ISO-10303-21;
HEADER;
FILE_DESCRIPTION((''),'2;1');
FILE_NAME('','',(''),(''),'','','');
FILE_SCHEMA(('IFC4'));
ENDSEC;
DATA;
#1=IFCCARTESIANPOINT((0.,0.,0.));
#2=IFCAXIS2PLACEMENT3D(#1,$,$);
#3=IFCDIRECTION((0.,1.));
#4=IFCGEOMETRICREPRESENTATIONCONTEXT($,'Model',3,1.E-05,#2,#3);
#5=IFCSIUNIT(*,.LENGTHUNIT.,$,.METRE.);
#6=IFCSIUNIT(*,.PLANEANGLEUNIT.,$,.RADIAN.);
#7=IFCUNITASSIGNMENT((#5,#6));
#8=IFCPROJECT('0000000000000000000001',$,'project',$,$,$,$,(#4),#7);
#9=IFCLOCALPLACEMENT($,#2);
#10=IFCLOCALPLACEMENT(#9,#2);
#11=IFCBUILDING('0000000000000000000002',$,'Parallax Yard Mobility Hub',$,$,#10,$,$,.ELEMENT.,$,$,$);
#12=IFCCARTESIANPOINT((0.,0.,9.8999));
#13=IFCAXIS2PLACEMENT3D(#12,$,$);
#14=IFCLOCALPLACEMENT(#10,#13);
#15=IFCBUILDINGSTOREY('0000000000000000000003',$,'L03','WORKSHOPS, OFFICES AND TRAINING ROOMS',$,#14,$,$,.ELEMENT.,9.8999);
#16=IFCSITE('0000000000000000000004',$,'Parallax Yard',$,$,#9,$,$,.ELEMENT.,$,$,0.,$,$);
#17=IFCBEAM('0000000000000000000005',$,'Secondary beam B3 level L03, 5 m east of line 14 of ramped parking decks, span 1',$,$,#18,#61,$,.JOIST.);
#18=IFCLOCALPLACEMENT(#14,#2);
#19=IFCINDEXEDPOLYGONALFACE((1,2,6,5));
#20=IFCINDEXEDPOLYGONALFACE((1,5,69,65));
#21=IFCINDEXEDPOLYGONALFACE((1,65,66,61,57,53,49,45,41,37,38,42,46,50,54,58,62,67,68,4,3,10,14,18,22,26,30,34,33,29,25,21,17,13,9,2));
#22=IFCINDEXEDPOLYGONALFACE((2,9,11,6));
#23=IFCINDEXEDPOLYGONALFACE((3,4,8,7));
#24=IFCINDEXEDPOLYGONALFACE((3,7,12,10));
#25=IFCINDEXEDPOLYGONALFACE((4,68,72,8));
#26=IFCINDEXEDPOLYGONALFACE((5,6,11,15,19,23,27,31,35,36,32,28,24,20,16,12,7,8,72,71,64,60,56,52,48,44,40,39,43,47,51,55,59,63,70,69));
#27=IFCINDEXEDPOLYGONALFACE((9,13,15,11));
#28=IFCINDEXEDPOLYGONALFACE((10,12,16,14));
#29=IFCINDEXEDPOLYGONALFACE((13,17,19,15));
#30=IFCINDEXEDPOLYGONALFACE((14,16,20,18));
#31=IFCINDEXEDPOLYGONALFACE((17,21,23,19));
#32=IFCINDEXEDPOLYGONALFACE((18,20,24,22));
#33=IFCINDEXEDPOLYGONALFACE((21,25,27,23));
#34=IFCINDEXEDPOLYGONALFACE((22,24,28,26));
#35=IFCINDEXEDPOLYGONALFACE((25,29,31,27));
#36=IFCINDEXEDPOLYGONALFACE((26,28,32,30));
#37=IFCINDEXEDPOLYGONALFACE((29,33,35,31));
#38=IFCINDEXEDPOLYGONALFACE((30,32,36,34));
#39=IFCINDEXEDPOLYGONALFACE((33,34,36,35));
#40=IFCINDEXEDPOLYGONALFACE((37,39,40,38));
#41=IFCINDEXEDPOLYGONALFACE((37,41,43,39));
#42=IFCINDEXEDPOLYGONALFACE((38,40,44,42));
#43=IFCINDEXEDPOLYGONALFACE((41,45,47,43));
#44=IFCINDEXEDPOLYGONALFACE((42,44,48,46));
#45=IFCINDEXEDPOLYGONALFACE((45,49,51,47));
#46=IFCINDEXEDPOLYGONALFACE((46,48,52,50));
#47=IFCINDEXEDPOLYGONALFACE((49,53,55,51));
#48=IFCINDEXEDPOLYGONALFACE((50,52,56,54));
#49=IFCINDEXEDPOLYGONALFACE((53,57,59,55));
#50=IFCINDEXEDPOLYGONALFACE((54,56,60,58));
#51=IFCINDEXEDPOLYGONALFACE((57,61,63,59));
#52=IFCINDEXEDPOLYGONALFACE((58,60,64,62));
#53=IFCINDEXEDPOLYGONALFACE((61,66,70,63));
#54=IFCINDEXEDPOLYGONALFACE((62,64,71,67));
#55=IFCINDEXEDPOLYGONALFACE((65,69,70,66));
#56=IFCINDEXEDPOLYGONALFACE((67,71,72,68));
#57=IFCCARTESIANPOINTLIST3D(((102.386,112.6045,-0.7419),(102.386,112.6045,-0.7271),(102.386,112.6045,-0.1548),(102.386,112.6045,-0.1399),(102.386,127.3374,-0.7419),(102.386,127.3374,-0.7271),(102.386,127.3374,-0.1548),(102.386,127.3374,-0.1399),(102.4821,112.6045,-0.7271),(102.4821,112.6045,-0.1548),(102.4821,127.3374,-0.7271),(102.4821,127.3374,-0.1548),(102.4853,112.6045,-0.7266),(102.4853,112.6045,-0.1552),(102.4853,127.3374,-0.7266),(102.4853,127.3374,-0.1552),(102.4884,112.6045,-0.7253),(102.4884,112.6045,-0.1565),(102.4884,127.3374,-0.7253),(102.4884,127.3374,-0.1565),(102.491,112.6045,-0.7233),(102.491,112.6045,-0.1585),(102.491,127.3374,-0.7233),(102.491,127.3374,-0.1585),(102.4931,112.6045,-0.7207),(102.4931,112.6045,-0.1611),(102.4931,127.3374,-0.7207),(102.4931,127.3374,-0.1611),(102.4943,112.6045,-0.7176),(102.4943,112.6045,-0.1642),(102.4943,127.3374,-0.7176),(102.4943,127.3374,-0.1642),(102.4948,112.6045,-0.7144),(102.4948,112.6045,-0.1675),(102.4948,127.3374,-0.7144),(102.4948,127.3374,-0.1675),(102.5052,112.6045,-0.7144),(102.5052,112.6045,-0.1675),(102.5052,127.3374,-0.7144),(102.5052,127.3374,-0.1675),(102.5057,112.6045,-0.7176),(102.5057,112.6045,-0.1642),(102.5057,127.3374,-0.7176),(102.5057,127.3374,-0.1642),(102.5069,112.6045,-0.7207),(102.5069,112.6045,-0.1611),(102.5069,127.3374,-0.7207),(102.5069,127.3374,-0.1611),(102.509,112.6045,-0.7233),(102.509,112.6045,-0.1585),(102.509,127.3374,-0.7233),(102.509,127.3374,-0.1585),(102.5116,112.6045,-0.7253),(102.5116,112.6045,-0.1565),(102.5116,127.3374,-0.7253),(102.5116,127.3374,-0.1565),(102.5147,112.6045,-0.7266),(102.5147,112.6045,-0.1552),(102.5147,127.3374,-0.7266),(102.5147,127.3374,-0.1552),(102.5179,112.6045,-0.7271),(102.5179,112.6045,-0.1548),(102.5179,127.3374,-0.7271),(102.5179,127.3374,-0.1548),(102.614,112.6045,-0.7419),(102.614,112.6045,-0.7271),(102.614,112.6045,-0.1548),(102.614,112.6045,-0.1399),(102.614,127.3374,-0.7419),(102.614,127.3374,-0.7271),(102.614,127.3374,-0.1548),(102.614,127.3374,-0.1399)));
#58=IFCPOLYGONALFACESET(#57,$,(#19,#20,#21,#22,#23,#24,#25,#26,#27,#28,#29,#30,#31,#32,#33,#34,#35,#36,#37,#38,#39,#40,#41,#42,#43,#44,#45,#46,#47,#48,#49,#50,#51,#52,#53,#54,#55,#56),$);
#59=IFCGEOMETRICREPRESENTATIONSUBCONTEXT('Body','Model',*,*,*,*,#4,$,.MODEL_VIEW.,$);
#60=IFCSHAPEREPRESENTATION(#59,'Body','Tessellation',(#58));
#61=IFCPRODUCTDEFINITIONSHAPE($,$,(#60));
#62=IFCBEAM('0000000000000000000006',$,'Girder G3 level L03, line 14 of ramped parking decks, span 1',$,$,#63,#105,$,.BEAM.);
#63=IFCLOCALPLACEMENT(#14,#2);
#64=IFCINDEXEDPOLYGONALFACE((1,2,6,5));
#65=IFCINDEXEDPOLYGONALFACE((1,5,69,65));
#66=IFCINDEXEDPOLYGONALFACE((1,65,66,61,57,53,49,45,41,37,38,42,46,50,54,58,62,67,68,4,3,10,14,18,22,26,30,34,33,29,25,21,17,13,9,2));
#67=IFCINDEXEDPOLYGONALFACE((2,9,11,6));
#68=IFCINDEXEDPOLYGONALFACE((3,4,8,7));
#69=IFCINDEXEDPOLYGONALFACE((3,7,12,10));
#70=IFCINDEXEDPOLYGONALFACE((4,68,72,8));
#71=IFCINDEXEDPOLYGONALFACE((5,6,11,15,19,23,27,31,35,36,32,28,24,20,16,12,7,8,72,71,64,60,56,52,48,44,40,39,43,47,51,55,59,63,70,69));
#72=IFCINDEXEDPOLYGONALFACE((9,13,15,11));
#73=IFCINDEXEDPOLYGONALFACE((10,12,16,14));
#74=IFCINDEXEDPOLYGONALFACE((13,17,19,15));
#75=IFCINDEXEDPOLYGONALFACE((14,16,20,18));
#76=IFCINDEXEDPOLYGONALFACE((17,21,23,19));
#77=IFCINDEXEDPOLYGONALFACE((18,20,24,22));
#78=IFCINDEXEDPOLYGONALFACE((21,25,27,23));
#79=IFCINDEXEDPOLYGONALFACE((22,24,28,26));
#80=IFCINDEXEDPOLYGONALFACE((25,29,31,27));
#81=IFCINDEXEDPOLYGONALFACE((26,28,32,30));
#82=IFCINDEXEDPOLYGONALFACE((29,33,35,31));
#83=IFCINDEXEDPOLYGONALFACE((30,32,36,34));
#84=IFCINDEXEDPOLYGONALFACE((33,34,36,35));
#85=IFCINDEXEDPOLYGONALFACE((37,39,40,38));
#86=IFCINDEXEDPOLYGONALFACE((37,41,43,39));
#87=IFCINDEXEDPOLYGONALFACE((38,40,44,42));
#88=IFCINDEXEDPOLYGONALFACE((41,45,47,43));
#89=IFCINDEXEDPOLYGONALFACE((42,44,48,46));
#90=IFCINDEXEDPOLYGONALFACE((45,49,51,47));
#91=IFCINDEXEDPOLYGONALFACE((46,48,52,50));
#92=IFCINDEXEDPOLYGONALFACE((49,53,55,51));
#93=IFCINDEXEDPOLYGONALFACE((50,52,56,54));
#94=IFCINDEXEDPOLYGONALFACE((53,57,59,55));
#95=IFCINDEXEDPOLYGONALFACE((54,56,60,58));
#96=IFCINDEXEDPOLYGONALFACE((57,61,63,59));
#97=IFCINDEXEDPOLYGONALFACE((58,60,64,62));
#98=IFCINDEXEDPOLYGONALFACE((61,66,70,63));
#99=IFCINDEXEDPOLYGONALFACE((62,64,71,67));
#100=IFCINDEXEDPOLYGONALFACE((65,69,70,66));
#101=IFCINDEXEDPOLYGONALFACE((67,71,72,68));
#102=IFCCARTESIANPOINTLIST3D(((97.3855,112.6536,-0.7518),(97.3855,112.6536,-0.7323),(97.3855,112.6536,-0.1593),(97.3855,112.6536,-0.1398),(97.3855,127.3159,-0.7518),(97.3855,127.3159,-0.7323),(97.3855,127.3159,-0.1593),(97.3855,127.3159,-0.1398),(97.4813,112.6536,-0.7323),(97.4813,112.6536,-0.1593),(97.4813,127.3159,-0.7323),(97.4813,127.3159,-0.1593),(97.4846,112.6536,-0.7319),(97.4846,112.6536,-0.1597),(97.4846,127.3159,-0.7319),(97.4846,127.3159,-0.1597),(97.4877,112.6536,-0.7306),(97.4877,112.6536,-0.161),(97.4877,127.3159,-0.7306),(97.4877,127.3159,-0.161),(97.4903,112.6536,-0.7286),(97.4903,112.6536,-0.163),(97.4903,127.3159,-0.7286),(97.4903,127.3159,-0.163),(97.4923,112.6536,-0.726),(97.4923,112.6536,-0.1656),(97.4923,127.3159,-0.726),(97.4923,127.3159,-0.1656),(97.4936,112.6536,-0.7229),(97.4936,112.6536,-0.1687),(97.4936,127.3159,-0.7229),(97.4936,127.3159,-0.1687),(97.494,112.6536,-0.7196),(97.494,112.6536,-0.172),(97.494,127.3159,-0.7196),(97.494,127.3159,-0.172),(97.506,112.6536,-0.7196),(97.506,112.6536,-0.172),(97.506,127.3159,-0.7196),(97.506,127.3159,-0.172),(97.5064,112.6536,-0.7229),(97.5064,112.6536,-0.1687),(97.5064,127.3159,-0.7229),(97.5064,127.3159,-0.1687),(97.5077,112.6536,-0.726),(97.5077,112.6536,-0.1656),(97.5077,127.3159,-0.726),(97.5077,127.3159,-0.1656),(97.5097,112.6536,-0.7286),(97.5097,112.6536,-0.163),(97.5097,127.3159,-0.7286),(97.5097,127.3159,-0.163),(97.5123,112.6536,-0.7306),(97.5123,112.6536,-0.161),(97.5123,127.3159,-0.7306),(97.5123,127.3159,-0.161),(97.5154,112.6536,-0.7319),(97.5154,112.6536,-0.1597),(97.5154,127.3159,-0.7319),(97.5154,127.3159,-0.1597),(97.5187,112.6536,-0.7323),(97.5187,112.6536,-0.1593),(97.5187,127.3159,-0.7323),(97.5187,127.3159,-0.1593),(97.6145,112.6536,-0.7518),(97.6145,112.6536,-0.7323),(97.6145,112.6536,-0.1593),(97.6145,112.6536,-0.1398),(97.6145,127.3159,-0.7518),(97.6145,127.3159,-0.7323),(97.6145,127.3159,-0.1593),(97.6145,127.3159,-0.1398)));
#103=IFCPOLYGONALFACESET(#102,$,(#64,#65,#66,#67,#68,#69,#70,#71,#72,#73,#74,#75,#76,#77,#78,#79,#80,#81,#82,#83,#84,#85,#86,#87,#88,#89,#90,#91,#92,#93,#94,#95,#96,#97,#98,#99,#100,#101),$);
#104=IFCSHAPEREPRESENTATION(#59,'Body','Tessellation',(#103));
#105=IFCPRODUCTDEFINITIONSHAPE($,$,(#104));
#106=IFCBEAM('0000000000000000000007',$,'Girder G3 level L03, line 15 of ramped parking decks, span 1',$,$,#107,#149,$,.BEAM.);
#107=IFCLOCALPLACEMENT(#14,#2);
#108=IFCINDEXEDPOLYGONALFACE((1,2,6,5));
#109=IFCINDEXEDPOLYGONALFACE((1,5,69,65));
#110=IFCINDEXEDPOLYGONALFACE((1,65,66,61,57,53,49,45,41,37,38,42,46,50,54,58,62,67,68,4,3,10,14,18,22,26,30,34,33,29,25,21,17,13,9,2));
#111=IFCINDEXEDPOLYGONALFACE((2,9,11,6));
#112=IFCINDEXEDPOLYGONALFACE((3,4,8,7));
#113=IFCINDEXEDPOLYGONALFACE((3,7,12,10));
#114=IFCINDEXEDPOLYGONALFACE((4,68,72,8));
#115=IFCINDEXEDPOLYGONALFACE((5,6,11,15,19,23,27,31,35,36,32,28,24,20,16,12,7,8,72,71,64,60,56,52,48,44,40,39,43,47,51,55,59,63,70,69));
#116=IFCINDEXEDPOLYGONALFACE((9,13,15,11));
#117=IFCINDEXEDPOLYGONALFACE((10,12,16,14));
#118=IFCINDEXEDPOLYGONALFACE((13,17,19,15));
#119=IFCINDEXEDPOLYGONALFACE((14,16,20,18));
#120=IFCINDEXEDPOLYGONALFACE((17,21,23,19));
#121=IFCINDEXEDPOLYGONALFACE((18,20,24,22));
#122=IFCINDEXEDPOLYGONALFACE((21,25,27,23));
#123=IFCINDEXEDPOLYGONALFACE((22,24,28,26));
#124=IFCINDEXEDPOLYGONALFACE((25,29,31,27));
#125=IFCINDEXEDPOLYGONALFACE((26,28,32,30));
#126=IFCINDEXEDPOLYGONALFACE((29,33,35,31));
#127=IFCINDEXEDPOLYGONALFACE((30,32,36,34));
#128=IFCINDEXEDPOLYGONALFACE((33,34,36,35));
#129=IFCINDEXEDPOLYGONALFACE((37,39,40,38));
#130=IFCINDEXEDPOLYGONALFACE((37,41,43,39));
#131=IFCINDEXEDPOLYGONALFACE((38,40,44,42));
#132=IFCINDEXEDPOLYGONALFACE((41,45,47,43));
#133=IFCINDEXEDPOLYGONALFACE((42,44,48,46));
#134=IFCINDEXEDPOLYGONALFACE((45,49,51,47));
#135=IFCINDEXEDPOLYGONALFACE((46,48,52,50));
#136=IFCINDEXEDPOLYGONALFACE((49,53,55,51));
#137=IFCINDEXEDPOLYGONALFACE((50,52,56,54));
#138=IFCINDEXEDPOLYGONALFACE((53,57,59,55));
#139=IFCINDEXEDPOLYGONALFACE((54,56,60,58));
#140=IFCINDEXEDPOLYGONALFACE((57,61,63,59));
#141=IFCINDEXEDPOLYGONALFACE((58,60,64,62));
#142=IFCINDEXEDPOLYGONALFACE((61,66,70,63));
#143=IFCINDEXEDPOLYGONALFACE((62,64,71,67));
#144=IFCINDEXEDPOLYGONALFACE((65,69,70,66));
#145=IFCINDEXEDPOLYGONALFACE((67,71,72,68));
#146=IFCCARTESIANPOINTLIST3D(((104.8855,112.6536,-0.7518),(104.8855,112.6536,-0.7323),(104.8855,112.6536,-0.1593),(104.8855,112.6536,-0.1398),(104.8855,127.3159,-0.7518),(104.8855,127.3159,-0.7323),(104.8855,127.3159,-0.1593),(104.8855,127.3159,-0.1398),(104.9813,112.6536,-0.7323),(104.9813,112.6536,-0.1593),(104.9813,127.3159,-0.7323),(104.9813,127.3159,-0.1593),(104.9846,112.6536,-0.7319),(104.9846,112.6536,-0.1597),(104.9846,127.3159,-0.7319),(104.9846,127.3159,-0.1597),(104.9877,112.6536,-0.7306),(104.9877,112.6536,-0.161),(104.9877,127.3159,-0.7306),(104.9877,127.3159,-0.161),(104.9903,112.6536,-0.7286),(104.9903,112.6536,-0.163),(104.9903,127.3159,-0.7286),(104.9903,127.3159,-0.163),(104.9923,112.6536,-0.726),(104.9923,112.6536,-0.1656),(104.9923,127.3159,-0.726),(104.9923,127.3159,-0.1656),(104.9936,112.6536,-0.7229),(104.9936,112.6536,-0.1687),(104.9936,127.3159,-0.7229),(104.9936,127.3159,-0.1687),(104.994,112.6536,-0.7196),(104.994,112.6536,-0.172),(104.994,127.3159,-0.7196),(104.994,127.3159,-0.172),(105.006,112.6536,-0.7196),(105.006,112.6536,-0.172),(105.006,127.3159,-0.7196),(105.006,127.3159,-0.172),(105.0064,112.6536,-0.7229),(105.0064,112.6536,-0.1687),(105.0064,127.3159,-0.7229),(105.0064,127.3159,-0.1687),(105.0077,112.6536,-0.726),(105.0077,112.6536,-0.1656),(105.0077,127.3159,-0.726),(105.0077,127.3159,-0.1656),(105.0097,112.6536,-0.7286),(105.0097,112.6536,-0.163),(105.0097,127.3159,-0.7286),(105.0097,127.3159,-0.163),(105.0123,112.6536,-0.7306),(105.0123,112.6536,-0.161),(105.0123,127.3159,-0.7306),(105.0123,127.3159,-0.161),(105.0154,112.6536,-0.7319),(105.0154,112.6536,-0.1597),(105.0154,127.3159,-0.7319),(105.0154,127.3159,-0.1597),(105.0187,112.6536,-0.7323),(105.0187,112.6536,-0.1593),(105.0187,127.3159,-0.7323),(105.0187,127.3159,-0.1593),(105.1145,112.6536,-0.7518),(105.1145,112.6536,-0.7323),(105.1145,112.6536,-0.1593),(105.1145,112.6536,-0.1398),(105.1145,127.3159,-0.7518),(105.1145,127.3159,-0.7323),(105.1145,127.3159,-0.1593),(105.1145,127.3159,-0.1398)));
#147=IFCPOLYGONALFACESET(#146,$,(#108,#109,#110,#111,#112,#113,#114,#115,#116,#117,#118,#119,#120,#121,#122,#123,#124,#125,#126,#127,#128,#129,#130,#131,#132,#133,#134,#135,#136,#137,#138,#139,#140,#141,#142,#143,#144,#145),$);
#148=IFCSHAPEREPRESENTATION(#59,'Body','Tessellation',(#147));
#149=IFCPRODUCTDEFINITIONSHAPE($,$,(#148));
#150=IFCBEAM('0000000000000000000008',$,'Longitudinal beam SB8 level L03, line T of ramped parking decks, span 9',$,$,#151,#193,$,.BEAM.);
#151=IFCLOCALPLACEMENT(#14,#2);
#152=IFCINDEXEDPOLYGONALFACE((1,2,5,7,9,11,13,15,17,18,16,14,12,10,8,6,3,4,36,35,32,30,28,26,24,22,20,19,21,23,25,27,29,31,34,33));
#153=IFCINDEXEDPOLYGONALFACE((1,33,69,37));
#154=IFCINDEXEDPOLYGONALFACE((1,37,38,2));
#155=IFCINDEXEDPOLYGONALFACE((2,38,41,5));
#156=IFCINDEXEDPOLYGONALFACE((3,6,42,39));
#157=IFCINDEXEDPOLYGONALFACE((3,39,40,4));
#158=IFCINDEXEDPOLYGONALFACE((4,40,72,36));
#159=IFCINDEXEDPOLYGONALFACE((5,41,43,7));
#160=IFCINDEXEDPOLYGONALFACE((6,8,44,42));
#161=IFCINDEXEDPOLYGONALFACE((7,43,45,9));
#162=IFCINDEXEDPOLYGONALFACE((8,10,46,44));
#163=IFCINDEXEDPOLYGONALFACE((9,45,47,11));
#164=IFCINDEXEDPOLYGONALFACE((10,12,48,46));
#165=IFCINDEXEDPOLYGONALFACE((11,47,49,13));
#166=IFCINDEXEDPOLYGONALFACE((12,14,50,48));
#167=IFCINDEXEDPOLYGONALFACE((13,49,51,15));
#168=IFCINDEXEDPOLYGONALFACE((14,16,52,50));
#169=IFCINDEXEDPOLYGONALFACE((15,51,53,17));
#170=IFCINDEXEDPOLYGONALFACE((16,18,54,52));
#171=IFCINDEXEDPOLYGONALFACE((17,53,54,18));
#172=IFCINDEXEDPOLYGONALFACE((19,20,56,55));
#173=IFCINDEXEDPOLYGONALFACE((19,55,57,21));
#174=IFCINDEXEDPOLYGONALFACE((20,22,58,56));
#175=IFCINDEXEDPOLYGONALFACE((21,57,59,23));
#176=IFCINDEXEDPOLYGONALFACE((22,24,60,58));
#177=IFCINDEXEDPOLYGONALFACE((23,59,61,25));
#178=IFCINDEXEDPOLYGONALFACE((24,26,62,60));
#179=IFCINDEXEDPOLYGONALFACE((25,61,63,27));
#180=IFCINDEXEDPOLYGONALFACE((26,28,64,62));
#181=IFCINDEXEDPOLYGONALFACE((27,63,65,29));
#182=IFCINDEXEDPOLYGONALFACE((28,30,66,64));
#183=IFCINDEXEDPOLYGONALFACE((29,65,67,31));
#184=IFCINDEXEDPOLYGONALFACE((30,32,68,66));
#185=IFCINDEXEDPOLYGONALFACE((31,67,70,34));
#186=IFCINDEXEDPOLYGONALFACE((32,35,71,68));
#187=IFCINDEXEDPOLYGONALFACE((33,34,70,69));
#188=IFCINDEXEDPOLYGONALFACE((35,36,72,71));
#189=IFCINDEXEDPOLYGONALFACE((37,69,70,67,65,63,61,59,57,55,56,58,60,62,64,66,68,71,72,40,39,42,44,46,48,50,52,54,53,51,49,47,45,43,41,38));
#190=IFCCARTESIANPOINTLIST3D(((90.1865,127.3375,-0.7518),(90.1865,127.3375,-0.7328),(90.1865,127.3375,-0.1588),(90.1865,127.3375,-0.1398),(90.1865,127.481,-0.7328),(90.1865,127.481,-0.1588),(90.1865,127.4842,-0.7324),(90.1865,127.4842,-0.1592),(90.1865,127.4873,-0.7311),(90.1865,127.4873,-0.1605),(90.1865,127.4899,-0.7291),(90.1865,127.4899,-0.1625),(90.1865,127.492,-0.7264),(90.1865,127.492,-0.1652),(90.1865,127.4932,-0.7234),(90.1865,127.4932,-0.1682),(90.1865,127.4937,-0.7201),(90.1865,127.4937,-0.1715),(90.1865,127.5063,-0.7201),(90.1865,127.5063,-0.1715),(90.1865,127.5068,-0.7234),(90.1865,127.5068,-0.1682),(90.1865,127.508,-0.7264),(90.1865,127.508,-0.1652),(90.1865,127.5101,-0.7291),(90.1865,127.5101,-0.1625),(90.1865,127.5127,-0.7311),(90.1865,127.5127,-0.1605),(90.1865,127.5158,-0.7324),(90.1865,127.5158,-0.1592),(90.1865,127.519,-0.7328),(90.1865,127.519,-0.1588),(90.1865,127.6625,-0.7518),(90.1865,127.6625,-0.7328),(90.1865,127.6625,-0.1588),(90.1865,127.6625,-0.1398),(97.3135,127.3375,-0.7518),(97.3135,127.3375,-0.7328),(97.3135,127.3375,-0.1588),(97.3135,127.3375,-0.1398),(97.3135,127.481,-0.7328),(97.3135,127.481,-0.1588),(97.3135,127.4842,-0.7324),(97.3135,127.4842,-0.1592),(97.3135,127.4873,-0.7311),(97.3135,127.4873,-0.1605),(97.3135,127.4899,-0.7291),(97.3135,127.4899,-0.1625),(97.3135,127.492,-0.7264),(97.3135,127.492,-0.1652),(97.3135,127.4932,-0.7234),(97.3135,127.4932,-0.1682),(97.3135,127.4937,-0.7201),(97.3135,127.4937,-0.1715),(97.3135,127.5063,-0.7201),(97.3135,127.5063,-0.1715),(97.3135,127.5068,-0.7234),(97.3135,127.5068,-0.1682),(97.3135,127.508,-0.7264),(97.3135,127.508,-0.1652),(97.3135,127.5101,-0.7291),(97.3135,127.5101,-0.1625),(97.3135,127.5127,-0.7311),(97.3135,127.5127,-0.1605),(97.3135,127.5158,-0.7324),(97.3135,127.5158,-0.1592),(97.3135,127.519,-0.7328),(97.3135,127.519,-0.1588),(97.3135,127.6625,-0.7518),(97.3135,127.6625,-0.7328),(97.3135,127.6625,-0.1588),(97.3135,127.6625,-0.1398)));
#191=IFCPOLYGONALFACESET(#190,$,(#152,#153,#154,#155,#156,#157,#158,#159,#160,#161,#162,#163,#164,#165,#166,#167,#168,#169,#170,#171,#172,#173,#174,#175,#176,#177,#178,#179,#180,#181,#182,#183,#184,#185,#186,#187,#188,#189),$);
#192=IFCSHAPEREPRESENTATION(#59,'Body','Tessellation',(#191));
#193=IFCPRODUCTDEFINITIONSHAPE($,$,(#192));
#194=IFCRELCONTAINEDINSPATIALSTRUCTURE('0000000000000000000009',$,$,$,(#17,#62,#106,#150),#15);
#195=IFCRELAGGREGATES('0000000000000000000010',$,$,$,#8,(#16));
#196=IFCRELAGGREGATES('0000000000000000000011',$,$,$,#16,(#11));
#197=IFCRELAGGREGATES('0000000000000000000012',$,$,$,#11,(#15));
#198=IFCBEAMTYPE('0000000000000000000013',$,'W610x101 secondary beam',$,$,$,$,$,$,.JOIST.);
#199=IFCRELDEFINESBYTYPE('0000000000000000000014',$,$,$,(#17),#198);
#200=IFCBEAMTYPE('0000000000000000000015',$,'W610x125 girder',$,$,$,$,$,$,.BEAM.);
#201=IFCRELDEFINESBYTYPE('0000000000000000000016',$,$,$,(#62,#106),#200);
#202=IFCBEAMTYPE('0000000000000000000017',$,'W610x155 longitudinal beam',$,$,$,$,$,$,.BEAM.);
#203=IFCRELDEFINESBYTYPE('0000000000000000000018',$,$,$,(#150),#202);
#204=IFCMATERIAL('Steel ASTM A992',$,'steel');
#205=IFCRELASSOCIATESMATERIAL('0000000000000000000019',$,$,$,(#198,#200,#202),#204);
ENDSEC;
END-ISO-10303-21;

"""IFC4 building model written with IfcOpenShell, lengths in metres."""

from ifc_helpers import new_model, si_unit, direction, frame, origin, origin_2d, place, context, subcontext, project, spatial, i_section, extrude, material, material_profile, profile_set, type_object, element, save


model = new_model("IFC4")

# Units and contexts
model_context = context("Model", 3, precision=1e-05, world=origin(), true_north=direction((0.0, 1.0)))
body_context = subcontext(model_context, "Body", "Model", "MODEL_VIEW")
ifc_project = project(units=[si_unit("LENGTHUNIT", "METRE"), si_unit("PLANEANGLEUNIT", "RADIAN")], contexts=[model_context])

# Site, building, storey
site_placement = place(None, origin())
site = spatial("IfcSite", under=ifc_project, at=site_placement, Name="Parallax Yard", CompositionType="ELEMENT", RefElevation=0.0)
building_placement = place(site_placement, origin())
building = spatial("IfcBuilding", under=site, at=building_placement, Name="Parallax Yard Mobility Hub", CompositionType="ELEMENT")
storey_placement = place(building_placement, frame((0.0, 0.0, 9.8999)))
storey = spatial("IfcBuildingStorey", under=building, at=storey_placement, Name="L03", Description="WORKSHOPS, OFFICES AND TRAINING ROOMS", CompositionType="ELEMENT", Elevation=9.8999)

# Shared definitions
ifc_material_1 = material(Name="Steel ASTM A992", Category="steel")

# Beams
ifc_material_profile_1 = material_profile(ifc_material_1, i_section(OverallWidth=0.228, OverallDepth=0.6021, WebThickness=0.0105, FlangeThickness=0.0149, FilletRadius=0.0127, at=origin_2d()), Name="W610x101")
ifc_profile_set_1 = profile_set([ifc_material_profile_1], Name="Steel ASTM A992")
beam_type_1 = type_object("IfcBeamType", Name="W610x101 secondary beam", PredefinedType="JOIST", material=ifc_profile_set_1)
for number, where, z_axis, x_axis, name in (
    (1, (102.5, 112.6045, -0.4409), (0.0, 1.0, 0.0), (-1.0, 0.0, 0.0), "Secondary beam B3 level L03, 5 m east of line 14 of ramped parking decks, span 1"),
):
    element("IfcBeam", number, at=place(storey_placement, frame(where, z_axis=z_axis, x_axis=x_axis)), inside=storey, type_object=beam_type_1, Name=name, PredefinedType="JOIST", context=body_context, shape_type="SweptSolid", body=[
        extrude(i_section(OverallWidth=0.228, OverallDepth=0.6021, WebThickness=0.0105, FlangeThickness=0.0149, FilletRadius=0.0127, at=origin_2d()), origin(), (0.0, 0.0, 1.0), 14.7329),
    ])
ifc_material_profile_2 = material_profile(ifc_material_1, i_section(OverallWidth=0.229, OverallDepth=0.6121, WebThickness=0.012, FlangeThickness=0.0195, FilletRadius=0.0127, at=origin_2d()), Name="W610x125")
ifc_profile_set_2 = profile_set([ifc_material_profile_2], Name="Steel ASTM A992")
beam_type_2 = type_object("IfcBeamType", Name="W610x125 girder", PredefinedType="BEAM", material=ifc_profile_set_2)
for number, where, z_axis, x_axis, name in (
    (2, (97.5, 112.6536, -0.4458), (0.0, 1.0, 0.0), (-1.0, 0.0, 0.0), "Girder G3 level L03, line 14 of ramped parking decks, span 1"),
    (3, (105.0, 112.6536, -0.4458), (0.0, 1.0, 0.0), (-1.0, 0.0, 0.0), "Girder G3 level L03, line 15 of ramped parking decks, span 1"),
):
    element("IfcBeam", number, at=place(storey_placement, frame(where, z_axis=z_axis, x_axis=x_axis)), inside=storey, type_object=beam_type_2, Name=name, PredefinedType="BEAM", context=body_context, shape_type="SweptSolid", body=[
        extrude(i_section(OverallWidth=0.229, OverallDepth=0.6121, WebThickness=0.012, FlangeThickness=0.0195, FilletRadius=0.0127, at=origin_2d()), origin(), (0.0, 0.0, 1.0), 14.6624),
    ])
ifc_material_profile_3 = material_profile(ifc_material_1, i_section(OverallWidth=0.325, OverallDepth=0.6121, WebThickness=0.0127, FlangeThickness=0.019, FilletRadius=0.0127, at=origin_2d()), Name="W610x155")
ifc_profile_set_3 = profile_set([ifc_material_profile_3], Name="Steel ASTM A992")
beam_type_3 = type_object("IfcBeamType", Name="W610x155 longitudinal beam", PredefinedType="BEAM", material=ifc_profile_set_3)
for number, where, z_axis, x_axis, name in (
    (4, (90.1865, 127.5, -0.4458), (1.0, 0.0, 0.0), (0.0, 1.0, 0.0), "Longitudinal beam SB8 level L03, line T of ramped parking decks, span 9"),
):
    element("IfcBeam", number, at=place(storey_placement, frame(where, z_axis=z_axis, x_axis=x_axis)), inside=storey, type_object=beam_type_3, Name=name, PredefinedType="BEAM", context=body_context, shape_type="SweptSolid", body=[
        extrude(i_section(OverallWidth=0.325, OverallDepth=0.6121, WebThickness=0.0127, FlangeThickness=0.019, FilletRadius=0.0127, at=origin_2d()), origin(), (0.0, 0.0, 1.0), 7.127),
    ])

save(model, "model.ifc")
